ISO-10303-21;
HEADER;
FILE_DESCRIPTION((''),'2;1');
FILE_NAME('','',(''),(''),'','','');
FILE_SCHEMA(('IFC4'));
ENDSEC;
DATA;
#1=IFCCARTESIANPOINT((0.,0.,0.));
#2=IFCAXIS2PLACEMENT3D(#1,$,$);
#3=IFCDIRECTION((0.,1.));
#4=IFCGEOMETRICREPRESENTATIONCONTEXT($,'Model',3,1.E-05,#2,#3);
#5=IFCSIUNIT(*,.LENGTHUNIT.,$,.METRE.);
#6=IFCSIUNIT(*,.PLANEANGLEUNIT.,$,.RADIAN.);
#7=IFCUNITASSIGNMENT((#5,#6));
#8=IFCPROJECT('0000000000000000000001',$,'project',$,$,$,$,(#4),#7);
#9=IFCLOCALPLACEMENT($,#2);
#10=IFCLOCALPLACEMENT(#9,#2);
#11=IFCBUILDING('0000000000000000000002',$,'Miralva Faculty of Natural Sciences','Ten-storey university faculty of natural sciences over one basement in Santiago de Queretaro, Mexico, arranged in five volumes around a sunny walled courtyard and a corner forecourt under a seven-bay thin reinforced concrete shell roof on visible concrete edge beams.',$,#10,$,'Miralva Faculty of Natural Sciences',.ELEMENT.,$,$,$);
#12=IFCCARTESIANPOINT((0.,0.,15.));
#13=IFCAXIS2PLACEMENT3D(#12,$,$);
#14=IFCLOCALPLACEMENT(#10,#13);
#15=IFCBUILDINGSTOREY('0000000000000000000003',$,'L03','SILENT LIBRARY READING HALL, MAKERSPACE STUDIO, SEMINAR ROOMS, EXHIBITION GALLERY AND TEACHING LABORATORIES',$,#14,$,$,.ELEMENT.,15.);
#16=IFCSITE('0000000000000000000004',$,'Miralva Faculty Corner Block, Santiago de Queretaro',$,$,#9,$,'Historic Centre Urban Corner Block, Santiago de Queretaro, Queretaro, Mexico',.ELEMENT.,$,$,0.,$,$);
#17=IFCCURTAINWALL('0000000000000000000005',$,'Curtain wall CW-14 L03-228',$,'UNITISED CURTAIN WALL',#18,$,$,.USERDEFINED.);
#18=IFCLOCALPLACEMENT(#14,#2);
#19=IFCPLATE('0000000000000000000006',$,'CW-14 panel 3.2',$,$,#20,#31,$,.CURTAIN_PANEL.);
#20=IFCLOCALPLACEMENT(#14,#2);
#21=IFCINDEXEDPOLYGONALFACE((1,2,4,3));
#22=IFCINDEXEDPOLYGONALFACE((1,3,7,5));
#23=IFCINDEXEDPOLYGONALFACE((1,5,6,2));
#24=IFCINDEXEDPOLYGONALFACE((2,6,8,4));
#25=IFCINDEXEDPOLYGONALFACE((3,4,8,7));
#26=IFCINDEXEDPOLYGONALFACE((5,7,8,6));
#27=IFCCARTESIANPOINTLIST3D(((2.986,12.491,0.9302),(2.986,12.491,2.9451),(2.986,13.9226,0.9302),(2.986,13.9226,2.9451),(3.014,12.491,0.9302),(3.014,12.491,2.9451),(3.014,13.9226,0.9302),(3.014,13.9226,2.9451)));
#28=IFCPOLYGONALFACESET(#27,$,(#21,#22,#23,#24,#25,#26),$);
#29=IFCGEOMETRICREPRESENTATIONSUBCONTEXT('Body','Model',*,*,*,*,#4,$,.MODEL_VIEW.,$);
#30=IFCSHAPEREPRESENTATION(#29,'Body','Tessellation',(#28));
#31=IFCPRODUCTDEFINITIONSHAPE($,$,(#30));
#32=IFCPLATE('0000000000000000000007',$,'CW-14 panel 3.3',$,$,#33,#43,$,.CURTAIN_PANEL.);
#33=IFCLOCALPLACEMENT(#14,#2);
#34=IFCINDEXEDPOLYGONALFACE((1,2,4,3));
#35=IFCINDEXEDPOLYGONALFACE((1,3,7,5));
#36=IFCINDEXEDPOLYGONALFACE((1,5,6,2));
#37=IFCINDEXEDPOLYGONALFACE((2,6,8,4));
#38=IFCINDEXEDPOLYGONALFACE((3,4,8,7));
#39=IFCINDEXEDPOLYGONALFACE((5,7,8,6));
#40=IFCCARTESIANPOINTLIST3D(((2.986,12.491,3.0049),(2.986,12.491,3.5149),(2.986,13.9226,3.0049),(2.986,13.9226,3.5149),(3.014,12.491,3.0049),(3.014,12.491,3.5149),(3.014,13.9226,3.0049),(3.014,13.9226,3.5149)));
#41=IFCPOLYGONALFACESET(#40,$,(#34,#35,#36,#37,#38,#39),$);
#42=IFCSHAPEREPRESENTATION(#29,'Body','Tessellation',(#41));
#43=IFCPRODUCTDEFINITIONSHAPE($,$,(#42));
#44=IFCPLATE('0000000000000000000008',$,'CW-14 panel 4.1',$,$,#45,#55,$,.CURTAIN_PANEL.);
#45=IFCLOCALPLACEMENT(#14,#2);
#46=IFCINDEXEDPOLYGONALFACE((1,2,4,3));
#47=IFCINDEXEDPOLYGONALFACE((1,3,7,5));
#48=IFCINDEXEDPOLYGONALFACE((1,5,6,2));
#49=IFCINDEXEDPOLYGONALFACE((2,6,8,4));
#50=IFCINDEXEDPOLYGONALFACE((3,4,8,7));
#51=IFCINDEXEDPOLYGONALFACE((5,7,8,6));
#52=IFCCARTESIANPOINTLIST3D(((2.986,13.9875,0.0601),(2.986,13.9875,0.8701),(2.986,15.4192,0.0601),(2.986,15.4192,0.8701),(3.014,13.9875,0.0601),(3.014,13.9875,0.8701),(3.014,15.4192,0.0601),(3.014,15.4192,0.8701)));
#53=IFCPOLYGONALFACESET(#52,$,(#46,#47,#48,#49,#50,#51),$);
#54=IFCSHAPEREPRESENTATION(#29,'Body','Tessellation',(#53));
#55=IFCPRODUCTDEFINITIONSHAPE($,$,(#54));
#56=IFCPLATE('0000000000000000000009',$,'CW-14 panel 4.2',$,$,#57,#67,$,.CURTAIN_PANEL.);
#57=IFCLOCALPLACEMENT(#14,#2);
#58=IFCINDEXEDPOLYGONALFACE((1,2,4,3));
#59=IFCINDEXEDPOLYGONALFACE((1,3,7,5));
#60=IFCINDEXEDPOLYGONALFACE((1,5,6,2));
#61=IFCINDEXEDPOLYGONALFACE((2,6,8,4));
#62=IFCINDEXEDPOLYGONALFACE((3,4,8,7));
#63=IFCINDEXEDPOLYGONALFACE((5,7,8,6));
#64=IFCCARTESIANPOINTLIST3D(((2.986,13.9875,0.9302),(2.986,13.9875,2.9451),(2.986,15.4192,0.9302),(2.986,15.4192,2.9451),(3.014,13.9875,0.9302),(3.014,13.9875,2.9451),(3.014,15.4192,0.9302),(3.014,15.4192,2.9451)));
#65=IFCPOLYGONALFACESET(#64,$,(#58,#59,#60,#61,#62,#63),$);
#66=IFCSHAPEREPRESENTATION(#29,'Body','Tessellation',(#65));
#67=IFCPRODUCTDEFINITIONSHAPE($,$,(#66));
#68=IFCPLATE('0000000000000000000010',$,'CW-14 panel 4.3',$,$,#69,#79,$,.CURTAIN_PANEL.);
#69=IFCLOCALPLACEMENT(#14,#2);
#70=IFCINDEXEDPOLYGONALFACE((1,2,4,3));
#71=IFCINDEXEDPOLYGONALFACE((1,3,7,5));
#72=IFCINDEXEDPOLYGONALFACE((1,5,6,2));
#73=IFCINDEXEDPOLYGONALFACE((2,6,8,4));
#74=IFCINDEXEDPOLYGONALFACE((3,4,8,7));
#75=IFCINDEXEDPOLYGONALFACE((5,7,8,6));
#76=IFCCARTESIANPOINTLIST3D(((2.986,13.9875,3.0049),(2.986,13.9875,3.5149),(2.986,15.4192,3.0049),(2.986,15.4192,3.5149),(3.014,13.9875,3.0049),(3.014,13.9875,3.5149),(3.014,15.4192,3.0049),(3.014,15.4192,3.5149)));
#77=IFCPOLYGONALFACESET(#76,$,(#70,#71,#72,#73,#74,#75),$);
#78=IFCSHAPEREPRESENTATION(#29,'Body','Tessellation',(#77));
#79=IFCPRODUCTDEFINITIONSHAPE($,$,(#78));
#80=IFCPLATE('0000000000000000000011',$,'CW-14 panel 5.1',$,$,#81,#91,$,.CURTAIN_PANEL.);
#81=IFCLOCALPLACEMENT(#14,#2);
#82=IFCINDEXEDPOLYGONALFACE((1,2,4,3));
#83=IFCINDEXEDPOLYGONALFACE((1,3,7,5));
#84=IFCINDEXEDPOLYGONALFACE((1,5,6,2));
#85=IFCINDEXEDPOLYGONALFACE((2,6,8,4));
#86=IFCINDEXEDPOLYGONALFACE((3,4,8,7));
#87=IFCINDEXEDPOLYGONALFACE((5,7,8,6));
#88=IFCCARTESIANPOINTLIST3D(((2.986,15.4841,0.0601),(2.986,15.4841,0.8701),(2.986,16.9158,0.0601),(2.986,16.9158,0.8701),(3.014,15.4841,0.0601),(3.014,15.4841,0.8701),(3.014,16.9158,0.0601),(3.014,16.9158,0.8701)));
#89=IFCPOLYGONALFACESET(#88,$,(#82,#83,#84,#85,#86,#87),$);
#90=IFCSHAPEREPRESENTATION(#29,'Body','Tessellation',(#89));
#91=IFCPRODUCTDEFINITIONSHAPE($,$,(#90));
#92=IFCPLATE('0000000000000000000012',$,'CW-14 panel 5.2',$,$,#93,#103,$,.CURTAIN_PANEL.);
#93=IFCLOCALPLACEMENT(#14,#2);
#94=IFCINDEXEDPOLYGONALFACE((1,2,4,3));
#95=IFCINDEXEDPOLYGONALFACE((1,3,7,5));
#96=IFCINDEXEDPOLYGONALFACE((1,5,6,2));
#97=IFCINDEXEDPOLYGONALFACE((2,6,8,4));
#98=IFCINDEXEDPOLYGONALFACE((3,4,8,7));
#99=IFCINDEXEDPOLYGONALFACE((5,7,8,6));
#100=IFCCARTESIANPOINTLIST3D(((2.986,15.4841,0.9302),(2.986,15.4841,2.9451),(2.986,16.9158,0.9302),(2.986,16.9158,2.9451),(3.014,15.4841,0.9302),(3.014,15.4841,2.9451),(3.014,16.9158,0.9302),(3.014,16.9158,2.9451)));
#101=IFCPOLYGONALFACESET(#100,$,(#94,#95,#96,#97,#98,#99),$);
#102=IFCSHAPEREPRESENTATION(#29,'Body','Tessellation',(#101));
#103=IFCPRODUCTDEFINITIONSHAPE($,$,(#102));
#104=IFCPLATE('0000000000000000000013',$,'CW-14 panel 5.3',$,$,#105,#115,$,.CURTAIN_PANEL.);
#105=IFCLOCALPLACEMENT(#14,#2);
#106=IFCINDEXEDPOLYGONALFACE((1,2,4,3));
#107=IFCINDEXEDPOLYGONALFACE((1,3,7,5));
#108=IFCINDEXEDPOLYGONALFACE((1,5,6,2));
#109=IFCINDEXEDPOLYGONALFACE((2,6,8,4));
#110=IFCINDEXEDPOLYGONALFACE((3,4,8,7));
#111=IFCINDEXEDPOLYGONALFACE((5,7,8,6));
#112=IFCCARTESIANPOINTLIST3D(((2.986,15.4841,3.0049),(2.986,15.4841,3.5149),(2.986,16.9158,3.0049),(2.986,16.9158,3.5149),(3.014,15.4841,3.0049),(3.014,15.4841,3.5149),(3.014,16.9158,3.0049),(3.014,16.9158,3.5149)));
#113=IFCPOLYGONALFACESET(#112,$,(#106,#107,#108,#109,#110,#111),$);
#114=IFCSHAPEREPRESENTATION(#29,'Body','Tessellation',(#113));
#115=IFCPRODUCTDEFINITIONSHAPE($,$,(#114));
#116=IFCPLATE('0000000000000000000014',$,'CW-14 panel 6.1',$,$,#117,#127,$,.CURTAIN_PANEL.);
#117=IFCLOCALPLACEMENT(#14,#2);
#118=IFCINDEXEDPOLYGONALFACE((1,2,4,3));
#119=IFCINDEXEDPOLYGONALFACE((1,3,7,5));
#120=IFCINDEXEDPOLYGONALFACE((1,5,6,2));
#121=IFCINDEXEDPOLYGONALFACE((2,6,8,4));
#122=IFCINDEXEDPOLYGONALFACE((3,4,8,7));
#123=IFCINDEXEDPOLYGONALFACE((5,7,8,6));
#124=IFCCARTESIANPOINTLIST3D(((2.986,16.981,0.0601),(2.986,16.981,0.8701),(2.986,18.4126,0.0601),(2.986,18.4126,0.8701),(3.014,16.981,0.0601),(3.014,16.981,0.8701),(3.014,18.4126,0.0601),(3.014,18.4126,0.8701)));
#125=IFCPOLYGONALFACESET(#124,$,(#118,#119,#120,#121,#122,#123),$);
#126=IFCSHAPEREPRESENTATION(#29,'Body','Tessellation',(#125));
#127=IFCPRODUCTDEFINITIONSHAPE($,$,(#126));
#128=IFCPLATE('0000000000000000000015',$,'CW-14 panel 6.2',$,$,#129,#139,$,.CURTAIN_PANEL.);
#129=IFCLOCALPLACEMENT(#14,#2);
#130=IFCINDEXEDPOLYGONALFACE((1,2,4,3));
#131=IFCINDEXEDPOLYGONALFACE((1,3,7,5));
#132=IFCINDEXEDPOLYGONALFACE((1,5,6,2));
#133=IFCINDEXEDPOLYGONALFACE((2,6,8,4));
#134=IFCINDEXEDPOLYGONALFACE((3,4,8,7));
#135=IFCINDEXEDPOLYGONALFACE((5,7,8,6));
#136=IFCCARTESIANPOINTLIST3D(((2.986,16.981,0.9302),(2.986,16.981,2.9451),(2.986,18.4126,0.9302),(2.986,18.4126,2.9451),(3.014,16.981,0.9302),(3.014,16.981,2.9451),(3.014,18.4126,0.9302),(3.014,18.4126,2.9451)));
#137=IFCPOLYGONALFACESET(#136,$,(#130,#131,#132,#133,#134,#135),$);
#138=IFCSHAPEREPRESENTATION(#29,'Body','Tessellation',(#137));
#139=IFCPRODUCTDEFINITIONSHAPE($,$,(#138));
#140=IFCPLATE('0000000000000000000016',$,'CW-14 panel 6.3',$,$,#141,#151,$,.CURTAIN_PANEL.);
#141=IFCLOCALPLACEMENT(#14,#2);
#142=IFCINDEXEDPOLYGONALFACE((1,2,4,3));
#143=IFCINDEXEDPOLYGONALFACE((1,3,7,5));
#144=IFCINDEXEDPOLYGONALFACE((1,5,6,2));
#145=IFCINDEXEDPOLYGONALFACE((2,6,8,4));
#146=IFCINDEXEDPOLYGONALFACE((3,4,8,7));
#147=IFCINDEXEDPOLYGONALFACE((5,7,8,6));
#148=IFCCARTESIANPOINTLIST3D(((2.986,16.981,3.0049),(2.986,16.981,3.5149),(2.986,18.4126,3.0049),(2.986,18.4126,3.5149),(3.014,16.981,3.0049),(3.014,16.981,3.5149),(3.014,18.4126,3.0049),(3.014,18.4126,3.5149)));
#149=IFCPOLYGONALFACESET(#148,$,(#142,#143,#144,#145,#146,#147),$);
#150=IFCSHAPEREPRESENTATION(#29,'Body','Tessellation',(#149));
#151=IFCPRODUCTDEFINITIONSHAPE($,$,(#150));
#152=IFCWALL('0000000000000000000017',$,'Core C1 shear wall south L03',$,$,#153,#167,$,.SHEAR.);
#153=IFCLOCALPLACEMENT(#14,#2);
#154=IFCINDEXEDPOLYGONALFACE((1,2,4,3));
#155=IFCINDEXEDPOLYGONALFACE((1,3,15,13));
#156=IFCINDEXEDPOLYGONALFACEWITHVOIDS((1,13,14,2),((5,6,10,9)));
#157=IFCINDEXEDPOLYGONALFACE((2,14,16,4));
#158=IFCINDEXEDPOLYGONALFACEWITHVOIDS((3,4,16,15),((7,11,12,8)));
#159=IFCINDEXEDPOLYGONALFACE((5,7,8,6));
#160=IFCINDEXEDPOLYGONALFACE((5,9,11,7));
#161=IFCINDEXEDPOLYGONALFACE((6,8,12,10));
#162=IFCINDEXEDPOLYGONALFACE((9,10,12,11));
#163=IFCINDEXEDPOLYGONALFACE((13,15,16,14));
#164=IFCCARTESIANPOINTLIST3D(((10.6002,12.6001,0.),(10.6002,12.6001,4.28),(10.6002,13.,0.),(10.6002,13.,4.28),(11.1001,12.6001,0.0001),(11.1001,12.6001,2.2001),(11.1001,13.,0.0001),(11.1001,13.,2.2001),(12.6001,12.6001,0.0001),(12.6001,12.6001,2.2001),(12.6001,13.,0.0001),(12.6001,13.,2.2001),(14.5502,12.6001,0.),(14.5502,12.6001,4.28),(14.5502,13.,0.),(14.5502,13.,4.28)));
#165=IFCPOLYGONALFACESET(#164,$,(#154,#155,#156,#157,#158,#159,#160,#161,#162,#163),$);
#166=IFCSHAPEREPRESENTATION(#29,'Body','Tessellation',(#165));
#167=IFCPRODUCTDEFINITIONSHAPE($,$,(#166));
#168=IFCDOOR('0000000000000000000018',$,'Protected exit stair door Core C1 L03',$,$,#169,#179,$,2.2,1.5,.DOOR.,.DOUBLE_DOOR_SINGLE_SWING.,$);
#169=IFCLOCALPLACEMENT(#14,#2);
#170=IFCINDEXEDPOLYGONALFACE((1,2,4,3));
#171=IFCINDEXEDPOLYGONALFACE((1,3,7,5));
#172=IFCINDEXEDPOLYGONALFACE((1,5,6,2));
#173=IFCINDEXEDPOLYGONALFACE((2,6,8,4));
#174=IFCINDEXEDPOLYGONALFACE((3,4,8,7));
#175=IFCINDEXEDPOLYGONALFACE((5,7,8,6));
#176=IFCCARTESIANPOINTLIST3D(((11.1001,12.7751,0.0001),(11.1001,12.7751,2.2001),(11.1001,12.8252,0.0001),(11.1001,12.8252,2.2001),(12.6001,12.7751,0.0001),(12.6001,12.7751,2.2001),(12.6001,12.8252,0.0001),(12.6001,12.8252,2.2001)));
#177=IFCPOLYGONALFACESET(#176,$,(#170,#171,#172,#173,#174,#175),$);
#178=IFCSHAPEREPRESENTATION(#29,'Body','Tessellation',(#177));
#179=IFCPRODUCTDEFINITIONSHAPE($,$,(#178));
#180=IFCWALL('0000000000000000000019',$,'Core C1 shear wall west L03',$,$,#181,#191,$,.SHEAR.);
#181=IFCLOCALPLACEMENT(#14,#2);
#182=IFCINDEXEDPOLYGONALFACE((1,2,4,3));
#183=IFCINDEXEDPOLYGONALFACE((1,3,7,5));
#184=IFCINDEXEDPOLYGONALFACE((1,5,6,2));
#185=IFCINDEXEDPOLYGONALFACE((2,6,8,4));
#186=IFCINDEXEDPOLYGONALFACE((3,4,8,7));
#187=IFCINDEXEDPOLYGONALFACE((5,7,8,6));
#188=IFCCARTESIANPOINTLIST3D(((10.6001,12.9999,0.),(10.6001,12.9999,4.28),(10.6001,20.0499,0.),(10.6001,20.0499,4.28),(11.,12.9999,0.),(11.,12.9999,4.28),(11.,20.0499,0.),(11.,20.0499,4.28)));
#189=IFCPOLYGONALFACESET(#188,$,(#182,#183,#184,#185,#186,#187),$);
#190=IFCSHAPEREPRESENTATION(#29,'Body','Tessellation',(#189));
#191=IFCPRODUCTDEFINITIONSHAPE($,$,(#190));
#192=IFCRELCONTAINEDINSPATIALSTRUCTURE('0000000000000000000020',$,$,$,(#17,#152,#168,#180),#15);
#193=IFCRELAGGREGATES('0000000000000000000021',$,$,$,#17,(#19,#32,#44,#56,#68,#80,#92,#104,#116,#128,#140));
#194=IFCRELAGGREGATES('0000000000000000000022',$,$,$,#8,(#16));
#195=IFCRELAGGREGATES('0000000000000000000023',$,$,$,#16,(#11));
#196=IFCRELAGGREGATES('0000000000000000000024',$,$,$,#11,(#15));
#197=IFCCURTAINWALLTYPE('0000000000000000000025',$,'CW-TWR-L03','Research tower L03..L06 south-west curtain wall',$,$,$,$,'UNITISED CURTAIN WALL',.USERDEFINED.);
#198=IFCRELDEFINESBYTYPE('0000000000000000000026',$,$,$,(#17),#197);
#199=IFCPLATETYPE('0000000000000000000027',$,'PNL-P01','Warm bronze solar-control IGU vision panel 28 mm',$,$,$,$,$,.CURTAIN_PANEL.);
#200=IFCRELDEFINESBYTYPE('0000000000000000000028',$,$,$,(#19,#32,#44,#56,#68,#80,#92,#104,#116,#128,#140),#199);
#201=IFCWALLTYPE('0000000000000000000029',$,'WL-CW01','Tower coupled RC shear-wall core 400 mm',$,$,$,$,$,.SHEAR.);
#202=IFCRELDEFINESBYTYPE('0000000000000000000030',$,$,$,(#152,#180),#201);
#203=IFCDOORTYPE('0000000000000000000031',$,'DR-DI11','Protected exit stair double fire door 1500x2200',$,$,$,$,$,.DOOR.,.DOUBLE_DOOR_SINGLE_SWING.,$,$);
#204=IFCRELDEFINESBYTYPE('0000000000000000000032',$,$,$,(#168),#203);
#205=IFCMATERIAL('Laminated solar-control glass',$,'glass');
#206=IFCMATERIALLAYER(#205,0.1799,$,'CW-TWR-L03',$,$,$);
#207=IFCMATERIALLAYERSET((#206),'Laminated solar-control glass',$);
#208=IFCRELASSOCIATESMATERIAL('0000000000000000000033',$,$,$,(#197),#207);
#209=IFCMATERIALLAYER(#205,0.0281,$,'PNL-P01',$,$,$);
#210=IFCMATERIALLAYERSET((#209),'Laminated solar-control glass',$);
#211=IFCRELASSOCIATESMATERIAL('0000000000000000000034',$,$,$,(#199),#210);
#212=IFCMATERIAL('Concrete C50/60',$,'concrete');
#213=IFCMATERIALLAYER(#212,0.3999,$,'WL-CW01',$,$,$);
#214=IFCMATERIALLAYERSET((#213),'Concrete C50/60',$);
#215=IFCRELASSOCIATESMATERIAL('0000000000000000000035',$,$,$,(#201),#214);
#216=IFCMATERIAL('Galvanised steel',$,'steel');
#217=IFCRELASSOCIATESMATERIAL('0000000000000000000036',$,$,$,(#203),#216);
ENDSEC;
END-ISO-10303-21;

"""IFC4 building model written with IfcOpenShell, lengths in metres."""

from ifc_helpers import new_model, si_unit, direction, frame, frame_2d, origin, origin_2d, place, context, subcontext, project, spatial, rectangle, extrude, material, layer, layer_set, type_object, element, fill, aggregate, save


model = new_model("IFC4")

# Units and contexts
model_context = context("Model", 3, precision=1e-05, world=origin(), true_north=direction((0.0, 1.0)))
body_context = subcontext(model_context, "Body", "Model", "MODEL_VIEW")
ifc_project = project(units=[si_unit("LENGTHUNIT", "METRE"), si_unit("PLANEANGLEUNIT", "RADIAN")], contexts=[model_context])

# Site, building, storey
site_placement = place(None, origin())
site = spatial("IfcSite", under=ifc_project, at=site_placement, Name="Miralva Faculty Corner Block, Santiago de Queretaro", LongName="Historic Centre Urban Corner Block, Santiago de Queretaro, Queretaro, Mexico", CompositionType="ELEMENT", RefElevation=0.0)
building_placement = place(site_placement, origin())
building = spatial("IfcBuilding", under=site, at=building_placement, Name="Miralva Faculty of Natural Sciences", Description="Ten-storey university faculty of natural sciences over one basement in Santiago de Queretaro, Mexico, arranged in five volumes around a sunny walled courtyard and a corner forecourt under a seven-bay thin reinforced concrete shell roof on visible concrete edge beams.", LongName="Miralva Faculty of Natural Sciences", CompositionType="ELEMENT")
storey_placement = place(building_placement, frame((0.0, 0.0, 15.0)))
storey = spatial("IfcBuildingStorey", under=building, at=storey_placement, Name="L03", Description="SILENT LIBRARY READING HALL, MAKERSPACE STUDIO, SEMINAR ROOMS, EXHIBITION GALLERY AND TEACHING LABORATORIES", CompositionType="ELEMENT", Elevation=15.0)

# Curtain wall, plates
ifc_material_1 = material(Name="Laminated solar-control glass", Category="glass")
ifc_layer_1 = layer(ifc_material_1, 0.1799, Name="CW-TWR-L03")
ifc_layer_set_1 = layer_set([ifc_layer_1], Name="Laminated solar-control glass")
curtain_wall_type = type_object("IfcCurtainWallType", Name="CW-TWR-L03", Description="Research tower L03..L06 south-west curtain wall", ElementType="UNITISED CURTAIN WALL", PredefinedType="USERDEFINED", material=ifc_layer_set_1)
curtain_wall_placement = place(storey_placement, origin())
curtain_wall = element("IfcCurtainWall", 1, at=curtain_wall_placement, inside=storey, type_object=curtain_wall_type, Name="Curtain wall CW-14 L03-228", ObjectType="UNITISED CURTAIN WALL", PredefinedType="USERDEFINED")
ifc_layer_2 = layer(ifc_material_1, 0.0281, Name="PNL-P01")
ifc_layer_set_2 = layer_set([ifc_layer_2], Name="Laminated solar-control glass")
plate_type = type_object("IfcPlateType", Name="PNL-P01", Description="Warm bronze solar-control IGU vision panel 28 mm", PredefinedType="CURTAIN_PANEL", material=ifc_layer_set_2)
plate_1_placement = place(storey_placement, frame((3.0, 13.2068, 0.9302), z_axis=(0.0, 0.0, 1.0), x_axis=(0.0, 1.0, 0.0)))
plate_1 = element("IfcPlate", 2, at=plate_1_placement, type_object=plate_type, Name="CW-14 panel 3.2", PredefinedType="CURTAIN_PANEL", context=body_context, shape_type="SweptSolid", body=[
    extrude(rectangle(XDim=1.4316, YDim=0.0281, at=origin_2d()), origin(), (0.0, 0.0, 1.0), 2.0149),
])
plate_2_placement = place(storey_placement, frame((3.0, 13.2068, 3.0049), z_axis=(0.0, 0.0, 1.0), x_axis=(0.0, 1.0, 0.0)))
plate_2 = element("IfcPlate", 3, at=plate_2_placement, type_object=plate_type, Name="CW-14 panel 3.3", PredefinedType="CURTAIN_PANEL", context=body_context, shape_type="SweptSolid", body=[
    extrude(rectangle(XDim=1.4316, YDim=0.0281, at=origin_2d()), origin(), (0.0, 0.0, 1.0), 0.51),
])
plate_3_placement = place(storey_placement, frame((3.0, 14.7034, 0.0601), z_axis=(0.0, 0.0, 1.0), x_axis=(0.0, 1.0, 0.0)))
plate_3 = element("IfcPlate", 4, at=plate_3_placement, type_object=plate_type, Name="CW-14 panel 4.1", PredefinedType="CURTAIN_PANEL", context=body_context, shape_type="SweptSolid", body=[
    extrude(rectangle(XDim=1.4316, YDim=0.0281, at=origin_2d()), origin(), (0.0, 0.0, 1.0), 0.8101),
])
plate_4_placement = place(storey_placement, frame((3.0, 14.7034, 0.9302), z_axis=(0.0, 0.0, 1.0), x_axis=(0.0, 1.0, 0.0)))
plate_4 = element("IfcPlate", 5, at=plate_4_placement, type_object=plate_type, Name="CW-14 panel 4.2", PredefinedType="CURTAIN_PANEL", context=body_context, shape_type="SweptSolid", body=[
    extrude(rectangle(XDim=1.4316, YDim=0.0281, at=origin_2d()), origin(), (0.0, 0.0, 1.0), 2.0149),
])
plate_5_placement = place(storey_placement, frame((3.0, 14.7034, 3.0049), z_axis=(0.0, 0.0, 1.0), x_axis=(0.0, 1.0, 0.0)))
plate_5 = element("IfcPlate", 6, at=plate_5_placement, type_object=plate_type, Name="CW-14 panel 4.3", PredefinedType="CURTAIN_PANEL", context=body_context, shape_type="SweptSolid", body=[
    extrude(rectangle(XDim=1.4316, YDim=0.0281, at=origin_2d()), origin(), (0.0, 0.0, 1.0), 0.51),
])
plate_6_placement = place(storey_placement, frame((3.0, 16.2, 0.0601), z_axis=(0.0, 0.0, 1.0), x_axis=(0.0, 1.0, 0.0)))
plate_6 = element("IfcPlate", 7, at=plate_6_placement, type_object=plate_type, Name="CW-14 panel 5.1", PredefinedType="CURTAIN_PANEL", context=body_context, shape_type="SweptSolid", body=[
    extrude(rectangle(XDim=1.4316, YDim=0.0281, at=origin_2d()), origin(), (0.0, 0.0, 1.0), 0.8101),
])
plate_7_placement = place(storey_placement, frame((3.0, 16.2, 0.9302), z_axis=(0.0, 0.0, 1.0), x_axis=(0.0, 1.0, 0.0)))
plate_7 = element("IfcPlate", 8, at=plate_7_placement, type_object=plate_type, Name="CW-14 panel 5.2", PredefinedType="CURTAIN_PANEL", context=body_context, shape_type="SweptSolid", body=[
    extrude(rectangle(XDim=1.4316, YDim=0.0281, at=origin_2d()), origin(), (0.0, 0.0, 1.0), 2.0149),
])
plate_8_placement = place(storey_placement, frame((3.0, 16.2, 3.0049), z_axis=(0.0, 0.0, 1.0), x_axis=(0.0, 1.0, 0.0)))
plate_8 = element("IfcPlate", 9, at=plate_8_placement, type_object=plate_type, Name="CW-14 panel 5.3", PredefinedType="CURTAIN_PANEL", context=body_context, shape_type="SweptSolid", body=[
    extrude(rectangle(XDim=1.4316, YDim=0.0281, at=origin_2d()), origin(), (0.0, 0.0, 1.0), 0.51),
])
plate_9_placement = place(storey_placement, frame((3.0, 17.6968, 0.0601), z_axis=(0.0, 0.0, 1.0), x_axis=(0.0, 1.0, 0.0)))
plate_9 = element("IfcPlate", 10, at=plate_9_placement, type_object=plate_type, Name="CW-14 panel 6.1", PredefinedType="CURTAIN_PANEL", context=body_context, shape_type="SweptSolid", body=[
    extrude(rectangle(XDim=1.4316, YDim=0.0281, at=origin_2d()), origin(), (0.0, 0.0, 1.0), 0.8101),
])
plate_10_placement = place(storey_placement, frame((3.0, 17.6968, 0.9302), z_axis=(0.0, 0.0, 1.0), x_axis=(0.0, 1.0, 0.0)))
plate_10 = element("IfcPlate", 11, at=plate_10_placement, type_object=plate_type, Name="CW-14 panel 6.2", PredefinedType="CURTAIN_PANEL", context=body_context, shape_type="SweptSolid", body=[
    extrude(rectangle(XDim=1.4316, YDim=0.0281, at=origin_2d()), origin(), (0.0, 0.0, 1.0), 2.0149),
])
plate_11_placement = place(storey_placement, frame((3.0, 17.6968, 3.0049), z_axis=(0.0, 0.0, 1.0), x_axis=(0.0, 1.0, 0.0)))
plate_11 = element("IfcPlate", 12, at=plate_11_placement, type_object=plate_type, Name="CW-14 panel 6.3", PredefinedType="CURTAIN_PANEL", context=body_context, shape_type="SweptSolid", body=[
    extrude(rectangle(XDim=1.4316, YDim=0.0281, at=origin_2d()), origin(), (0.0, 0.0, 1.0), 0.51),
])
aggregate(curtain_wall, [plate_1, plate_2, plate_3, plate_4, plate_5, plate_6, plate_7, plate_8, plate_9, plate_10, plate_11])

# Wall, opening, door
ifc_material_2 = material(Name="Concrete C50/60", Category="concrete")
ifc_layer_3 = layer(ifc_material_2, 0.3999, Name="WL-CW01")
ifc_layer_set_3 = layer_set([ifc_layer_3], Name="Concrete C50/60")
wall_type = type_object("IfcWallType", Name="WL-CW01", Description="Tower coupled RC shear-wall core 400 mm", PredefinedType="SHEAR", material=ifc_layer_set_3)
wall_1_placement = place(storey_placement, frame((10.6001, 12.8, 0.0), z_axis=(0.0, 0.0, 1.0), x_axis=(1.0, 0.0, 0.0)))
wall_1 = element("IfcWall", 13, at=wall_1_placement, inside=storey, type_object=wall_type, Name="Core C1 shear wall south L03", PredefinedType="SHEAR", context=body_context, shape_type="SweptSolid", body=[
    extrude(rectangle(XDim=3.95, YDim=0.3999, at=frame_2d((1.9751, 0.0))), origin(), (0.0, 0.0, 1.0), 4.28),
])
opening_placement = place(wall_1_placement, frame((0.5, 0.0, 0.0)))
opening = element("IfcOpeningElement", 14, at=opening_placement, cuts=wall_1, PredefinedType="OPENING", context=body_context, shape_type="SweptSolid", body=[
    extrude(rectangle(XDim=1.5, YDim=2.2, at=frame_2d((0.75, 1.1001))), frame((0.0, 0.21, 0.0), z_axis=(0.0, -1.0, 0.0), x_axis=(1.0, 0.0, 0.0)), (0.0, 0.0, 1.0), 0.4199),
])
ifc_material_3 = material(Name="Galvanised steel", Category="steel")
door_type = type_object("IfcDoorType", Name="DR-DI11", Description="Protected exit stair double fire door 1500x2200", OperationType="DOUBLE_DOOR_SINGLE_SWING", PredefinedType="DOOR", material=ifc_material_3)
door_placement = place(opening_placement, frame((1.5, 0.0, 0.0), z_axis=(0.0, 0.0, 1.0), x_axis=(-1.0, 0.0, 0.0)))
door = element("IfcDoor", 15, at=door_placement, inside=storey, type_object=door_type, Name="Protected exit stair door Core C1 L03", OperationType="DOUBLE_DOOR_SINGLE_SWING", OverallHeight=2.2, OverallWidth=1.5, PredefinedType="DOOR", context=body_context, shape_type="SweptSolid", body=[
    extrude(rectangle(XDim=1.5, YDim=2.2, at=frame_2d((0.75, 1.1001))), frame((0.0, 0.0249, 0.0), z_axis=(0.0, -1.0, 0.0), x_axis=(1.0, 0.0, 0.0)), (0.0, 0.0, 1.0), 0.05),
])
fill(opening, door)

# Wall
wall_2_placement = place(storey_placement, frame((10.8, 13.0, 0.0), z_axis=(0.0, 0.0, 1.0), x_axis=(0.0, 1.0, 0.0)))
element("IfcWall", 16, at=wall_2_placement, inside=storey, type_object=wall_type, Name="Core C1 shear wall west L03", PredefinedType="SHEAR", context=body_context, shape_type="SweptSolid", body=[
    extrude(rectangle(XDim=7.05, YDim=0.3999, at=frame_2d((3.5249, 0.0))), origin(), (0.0, 0.0, 1.0), 4.28),
])

save(model, "model.ifc")
